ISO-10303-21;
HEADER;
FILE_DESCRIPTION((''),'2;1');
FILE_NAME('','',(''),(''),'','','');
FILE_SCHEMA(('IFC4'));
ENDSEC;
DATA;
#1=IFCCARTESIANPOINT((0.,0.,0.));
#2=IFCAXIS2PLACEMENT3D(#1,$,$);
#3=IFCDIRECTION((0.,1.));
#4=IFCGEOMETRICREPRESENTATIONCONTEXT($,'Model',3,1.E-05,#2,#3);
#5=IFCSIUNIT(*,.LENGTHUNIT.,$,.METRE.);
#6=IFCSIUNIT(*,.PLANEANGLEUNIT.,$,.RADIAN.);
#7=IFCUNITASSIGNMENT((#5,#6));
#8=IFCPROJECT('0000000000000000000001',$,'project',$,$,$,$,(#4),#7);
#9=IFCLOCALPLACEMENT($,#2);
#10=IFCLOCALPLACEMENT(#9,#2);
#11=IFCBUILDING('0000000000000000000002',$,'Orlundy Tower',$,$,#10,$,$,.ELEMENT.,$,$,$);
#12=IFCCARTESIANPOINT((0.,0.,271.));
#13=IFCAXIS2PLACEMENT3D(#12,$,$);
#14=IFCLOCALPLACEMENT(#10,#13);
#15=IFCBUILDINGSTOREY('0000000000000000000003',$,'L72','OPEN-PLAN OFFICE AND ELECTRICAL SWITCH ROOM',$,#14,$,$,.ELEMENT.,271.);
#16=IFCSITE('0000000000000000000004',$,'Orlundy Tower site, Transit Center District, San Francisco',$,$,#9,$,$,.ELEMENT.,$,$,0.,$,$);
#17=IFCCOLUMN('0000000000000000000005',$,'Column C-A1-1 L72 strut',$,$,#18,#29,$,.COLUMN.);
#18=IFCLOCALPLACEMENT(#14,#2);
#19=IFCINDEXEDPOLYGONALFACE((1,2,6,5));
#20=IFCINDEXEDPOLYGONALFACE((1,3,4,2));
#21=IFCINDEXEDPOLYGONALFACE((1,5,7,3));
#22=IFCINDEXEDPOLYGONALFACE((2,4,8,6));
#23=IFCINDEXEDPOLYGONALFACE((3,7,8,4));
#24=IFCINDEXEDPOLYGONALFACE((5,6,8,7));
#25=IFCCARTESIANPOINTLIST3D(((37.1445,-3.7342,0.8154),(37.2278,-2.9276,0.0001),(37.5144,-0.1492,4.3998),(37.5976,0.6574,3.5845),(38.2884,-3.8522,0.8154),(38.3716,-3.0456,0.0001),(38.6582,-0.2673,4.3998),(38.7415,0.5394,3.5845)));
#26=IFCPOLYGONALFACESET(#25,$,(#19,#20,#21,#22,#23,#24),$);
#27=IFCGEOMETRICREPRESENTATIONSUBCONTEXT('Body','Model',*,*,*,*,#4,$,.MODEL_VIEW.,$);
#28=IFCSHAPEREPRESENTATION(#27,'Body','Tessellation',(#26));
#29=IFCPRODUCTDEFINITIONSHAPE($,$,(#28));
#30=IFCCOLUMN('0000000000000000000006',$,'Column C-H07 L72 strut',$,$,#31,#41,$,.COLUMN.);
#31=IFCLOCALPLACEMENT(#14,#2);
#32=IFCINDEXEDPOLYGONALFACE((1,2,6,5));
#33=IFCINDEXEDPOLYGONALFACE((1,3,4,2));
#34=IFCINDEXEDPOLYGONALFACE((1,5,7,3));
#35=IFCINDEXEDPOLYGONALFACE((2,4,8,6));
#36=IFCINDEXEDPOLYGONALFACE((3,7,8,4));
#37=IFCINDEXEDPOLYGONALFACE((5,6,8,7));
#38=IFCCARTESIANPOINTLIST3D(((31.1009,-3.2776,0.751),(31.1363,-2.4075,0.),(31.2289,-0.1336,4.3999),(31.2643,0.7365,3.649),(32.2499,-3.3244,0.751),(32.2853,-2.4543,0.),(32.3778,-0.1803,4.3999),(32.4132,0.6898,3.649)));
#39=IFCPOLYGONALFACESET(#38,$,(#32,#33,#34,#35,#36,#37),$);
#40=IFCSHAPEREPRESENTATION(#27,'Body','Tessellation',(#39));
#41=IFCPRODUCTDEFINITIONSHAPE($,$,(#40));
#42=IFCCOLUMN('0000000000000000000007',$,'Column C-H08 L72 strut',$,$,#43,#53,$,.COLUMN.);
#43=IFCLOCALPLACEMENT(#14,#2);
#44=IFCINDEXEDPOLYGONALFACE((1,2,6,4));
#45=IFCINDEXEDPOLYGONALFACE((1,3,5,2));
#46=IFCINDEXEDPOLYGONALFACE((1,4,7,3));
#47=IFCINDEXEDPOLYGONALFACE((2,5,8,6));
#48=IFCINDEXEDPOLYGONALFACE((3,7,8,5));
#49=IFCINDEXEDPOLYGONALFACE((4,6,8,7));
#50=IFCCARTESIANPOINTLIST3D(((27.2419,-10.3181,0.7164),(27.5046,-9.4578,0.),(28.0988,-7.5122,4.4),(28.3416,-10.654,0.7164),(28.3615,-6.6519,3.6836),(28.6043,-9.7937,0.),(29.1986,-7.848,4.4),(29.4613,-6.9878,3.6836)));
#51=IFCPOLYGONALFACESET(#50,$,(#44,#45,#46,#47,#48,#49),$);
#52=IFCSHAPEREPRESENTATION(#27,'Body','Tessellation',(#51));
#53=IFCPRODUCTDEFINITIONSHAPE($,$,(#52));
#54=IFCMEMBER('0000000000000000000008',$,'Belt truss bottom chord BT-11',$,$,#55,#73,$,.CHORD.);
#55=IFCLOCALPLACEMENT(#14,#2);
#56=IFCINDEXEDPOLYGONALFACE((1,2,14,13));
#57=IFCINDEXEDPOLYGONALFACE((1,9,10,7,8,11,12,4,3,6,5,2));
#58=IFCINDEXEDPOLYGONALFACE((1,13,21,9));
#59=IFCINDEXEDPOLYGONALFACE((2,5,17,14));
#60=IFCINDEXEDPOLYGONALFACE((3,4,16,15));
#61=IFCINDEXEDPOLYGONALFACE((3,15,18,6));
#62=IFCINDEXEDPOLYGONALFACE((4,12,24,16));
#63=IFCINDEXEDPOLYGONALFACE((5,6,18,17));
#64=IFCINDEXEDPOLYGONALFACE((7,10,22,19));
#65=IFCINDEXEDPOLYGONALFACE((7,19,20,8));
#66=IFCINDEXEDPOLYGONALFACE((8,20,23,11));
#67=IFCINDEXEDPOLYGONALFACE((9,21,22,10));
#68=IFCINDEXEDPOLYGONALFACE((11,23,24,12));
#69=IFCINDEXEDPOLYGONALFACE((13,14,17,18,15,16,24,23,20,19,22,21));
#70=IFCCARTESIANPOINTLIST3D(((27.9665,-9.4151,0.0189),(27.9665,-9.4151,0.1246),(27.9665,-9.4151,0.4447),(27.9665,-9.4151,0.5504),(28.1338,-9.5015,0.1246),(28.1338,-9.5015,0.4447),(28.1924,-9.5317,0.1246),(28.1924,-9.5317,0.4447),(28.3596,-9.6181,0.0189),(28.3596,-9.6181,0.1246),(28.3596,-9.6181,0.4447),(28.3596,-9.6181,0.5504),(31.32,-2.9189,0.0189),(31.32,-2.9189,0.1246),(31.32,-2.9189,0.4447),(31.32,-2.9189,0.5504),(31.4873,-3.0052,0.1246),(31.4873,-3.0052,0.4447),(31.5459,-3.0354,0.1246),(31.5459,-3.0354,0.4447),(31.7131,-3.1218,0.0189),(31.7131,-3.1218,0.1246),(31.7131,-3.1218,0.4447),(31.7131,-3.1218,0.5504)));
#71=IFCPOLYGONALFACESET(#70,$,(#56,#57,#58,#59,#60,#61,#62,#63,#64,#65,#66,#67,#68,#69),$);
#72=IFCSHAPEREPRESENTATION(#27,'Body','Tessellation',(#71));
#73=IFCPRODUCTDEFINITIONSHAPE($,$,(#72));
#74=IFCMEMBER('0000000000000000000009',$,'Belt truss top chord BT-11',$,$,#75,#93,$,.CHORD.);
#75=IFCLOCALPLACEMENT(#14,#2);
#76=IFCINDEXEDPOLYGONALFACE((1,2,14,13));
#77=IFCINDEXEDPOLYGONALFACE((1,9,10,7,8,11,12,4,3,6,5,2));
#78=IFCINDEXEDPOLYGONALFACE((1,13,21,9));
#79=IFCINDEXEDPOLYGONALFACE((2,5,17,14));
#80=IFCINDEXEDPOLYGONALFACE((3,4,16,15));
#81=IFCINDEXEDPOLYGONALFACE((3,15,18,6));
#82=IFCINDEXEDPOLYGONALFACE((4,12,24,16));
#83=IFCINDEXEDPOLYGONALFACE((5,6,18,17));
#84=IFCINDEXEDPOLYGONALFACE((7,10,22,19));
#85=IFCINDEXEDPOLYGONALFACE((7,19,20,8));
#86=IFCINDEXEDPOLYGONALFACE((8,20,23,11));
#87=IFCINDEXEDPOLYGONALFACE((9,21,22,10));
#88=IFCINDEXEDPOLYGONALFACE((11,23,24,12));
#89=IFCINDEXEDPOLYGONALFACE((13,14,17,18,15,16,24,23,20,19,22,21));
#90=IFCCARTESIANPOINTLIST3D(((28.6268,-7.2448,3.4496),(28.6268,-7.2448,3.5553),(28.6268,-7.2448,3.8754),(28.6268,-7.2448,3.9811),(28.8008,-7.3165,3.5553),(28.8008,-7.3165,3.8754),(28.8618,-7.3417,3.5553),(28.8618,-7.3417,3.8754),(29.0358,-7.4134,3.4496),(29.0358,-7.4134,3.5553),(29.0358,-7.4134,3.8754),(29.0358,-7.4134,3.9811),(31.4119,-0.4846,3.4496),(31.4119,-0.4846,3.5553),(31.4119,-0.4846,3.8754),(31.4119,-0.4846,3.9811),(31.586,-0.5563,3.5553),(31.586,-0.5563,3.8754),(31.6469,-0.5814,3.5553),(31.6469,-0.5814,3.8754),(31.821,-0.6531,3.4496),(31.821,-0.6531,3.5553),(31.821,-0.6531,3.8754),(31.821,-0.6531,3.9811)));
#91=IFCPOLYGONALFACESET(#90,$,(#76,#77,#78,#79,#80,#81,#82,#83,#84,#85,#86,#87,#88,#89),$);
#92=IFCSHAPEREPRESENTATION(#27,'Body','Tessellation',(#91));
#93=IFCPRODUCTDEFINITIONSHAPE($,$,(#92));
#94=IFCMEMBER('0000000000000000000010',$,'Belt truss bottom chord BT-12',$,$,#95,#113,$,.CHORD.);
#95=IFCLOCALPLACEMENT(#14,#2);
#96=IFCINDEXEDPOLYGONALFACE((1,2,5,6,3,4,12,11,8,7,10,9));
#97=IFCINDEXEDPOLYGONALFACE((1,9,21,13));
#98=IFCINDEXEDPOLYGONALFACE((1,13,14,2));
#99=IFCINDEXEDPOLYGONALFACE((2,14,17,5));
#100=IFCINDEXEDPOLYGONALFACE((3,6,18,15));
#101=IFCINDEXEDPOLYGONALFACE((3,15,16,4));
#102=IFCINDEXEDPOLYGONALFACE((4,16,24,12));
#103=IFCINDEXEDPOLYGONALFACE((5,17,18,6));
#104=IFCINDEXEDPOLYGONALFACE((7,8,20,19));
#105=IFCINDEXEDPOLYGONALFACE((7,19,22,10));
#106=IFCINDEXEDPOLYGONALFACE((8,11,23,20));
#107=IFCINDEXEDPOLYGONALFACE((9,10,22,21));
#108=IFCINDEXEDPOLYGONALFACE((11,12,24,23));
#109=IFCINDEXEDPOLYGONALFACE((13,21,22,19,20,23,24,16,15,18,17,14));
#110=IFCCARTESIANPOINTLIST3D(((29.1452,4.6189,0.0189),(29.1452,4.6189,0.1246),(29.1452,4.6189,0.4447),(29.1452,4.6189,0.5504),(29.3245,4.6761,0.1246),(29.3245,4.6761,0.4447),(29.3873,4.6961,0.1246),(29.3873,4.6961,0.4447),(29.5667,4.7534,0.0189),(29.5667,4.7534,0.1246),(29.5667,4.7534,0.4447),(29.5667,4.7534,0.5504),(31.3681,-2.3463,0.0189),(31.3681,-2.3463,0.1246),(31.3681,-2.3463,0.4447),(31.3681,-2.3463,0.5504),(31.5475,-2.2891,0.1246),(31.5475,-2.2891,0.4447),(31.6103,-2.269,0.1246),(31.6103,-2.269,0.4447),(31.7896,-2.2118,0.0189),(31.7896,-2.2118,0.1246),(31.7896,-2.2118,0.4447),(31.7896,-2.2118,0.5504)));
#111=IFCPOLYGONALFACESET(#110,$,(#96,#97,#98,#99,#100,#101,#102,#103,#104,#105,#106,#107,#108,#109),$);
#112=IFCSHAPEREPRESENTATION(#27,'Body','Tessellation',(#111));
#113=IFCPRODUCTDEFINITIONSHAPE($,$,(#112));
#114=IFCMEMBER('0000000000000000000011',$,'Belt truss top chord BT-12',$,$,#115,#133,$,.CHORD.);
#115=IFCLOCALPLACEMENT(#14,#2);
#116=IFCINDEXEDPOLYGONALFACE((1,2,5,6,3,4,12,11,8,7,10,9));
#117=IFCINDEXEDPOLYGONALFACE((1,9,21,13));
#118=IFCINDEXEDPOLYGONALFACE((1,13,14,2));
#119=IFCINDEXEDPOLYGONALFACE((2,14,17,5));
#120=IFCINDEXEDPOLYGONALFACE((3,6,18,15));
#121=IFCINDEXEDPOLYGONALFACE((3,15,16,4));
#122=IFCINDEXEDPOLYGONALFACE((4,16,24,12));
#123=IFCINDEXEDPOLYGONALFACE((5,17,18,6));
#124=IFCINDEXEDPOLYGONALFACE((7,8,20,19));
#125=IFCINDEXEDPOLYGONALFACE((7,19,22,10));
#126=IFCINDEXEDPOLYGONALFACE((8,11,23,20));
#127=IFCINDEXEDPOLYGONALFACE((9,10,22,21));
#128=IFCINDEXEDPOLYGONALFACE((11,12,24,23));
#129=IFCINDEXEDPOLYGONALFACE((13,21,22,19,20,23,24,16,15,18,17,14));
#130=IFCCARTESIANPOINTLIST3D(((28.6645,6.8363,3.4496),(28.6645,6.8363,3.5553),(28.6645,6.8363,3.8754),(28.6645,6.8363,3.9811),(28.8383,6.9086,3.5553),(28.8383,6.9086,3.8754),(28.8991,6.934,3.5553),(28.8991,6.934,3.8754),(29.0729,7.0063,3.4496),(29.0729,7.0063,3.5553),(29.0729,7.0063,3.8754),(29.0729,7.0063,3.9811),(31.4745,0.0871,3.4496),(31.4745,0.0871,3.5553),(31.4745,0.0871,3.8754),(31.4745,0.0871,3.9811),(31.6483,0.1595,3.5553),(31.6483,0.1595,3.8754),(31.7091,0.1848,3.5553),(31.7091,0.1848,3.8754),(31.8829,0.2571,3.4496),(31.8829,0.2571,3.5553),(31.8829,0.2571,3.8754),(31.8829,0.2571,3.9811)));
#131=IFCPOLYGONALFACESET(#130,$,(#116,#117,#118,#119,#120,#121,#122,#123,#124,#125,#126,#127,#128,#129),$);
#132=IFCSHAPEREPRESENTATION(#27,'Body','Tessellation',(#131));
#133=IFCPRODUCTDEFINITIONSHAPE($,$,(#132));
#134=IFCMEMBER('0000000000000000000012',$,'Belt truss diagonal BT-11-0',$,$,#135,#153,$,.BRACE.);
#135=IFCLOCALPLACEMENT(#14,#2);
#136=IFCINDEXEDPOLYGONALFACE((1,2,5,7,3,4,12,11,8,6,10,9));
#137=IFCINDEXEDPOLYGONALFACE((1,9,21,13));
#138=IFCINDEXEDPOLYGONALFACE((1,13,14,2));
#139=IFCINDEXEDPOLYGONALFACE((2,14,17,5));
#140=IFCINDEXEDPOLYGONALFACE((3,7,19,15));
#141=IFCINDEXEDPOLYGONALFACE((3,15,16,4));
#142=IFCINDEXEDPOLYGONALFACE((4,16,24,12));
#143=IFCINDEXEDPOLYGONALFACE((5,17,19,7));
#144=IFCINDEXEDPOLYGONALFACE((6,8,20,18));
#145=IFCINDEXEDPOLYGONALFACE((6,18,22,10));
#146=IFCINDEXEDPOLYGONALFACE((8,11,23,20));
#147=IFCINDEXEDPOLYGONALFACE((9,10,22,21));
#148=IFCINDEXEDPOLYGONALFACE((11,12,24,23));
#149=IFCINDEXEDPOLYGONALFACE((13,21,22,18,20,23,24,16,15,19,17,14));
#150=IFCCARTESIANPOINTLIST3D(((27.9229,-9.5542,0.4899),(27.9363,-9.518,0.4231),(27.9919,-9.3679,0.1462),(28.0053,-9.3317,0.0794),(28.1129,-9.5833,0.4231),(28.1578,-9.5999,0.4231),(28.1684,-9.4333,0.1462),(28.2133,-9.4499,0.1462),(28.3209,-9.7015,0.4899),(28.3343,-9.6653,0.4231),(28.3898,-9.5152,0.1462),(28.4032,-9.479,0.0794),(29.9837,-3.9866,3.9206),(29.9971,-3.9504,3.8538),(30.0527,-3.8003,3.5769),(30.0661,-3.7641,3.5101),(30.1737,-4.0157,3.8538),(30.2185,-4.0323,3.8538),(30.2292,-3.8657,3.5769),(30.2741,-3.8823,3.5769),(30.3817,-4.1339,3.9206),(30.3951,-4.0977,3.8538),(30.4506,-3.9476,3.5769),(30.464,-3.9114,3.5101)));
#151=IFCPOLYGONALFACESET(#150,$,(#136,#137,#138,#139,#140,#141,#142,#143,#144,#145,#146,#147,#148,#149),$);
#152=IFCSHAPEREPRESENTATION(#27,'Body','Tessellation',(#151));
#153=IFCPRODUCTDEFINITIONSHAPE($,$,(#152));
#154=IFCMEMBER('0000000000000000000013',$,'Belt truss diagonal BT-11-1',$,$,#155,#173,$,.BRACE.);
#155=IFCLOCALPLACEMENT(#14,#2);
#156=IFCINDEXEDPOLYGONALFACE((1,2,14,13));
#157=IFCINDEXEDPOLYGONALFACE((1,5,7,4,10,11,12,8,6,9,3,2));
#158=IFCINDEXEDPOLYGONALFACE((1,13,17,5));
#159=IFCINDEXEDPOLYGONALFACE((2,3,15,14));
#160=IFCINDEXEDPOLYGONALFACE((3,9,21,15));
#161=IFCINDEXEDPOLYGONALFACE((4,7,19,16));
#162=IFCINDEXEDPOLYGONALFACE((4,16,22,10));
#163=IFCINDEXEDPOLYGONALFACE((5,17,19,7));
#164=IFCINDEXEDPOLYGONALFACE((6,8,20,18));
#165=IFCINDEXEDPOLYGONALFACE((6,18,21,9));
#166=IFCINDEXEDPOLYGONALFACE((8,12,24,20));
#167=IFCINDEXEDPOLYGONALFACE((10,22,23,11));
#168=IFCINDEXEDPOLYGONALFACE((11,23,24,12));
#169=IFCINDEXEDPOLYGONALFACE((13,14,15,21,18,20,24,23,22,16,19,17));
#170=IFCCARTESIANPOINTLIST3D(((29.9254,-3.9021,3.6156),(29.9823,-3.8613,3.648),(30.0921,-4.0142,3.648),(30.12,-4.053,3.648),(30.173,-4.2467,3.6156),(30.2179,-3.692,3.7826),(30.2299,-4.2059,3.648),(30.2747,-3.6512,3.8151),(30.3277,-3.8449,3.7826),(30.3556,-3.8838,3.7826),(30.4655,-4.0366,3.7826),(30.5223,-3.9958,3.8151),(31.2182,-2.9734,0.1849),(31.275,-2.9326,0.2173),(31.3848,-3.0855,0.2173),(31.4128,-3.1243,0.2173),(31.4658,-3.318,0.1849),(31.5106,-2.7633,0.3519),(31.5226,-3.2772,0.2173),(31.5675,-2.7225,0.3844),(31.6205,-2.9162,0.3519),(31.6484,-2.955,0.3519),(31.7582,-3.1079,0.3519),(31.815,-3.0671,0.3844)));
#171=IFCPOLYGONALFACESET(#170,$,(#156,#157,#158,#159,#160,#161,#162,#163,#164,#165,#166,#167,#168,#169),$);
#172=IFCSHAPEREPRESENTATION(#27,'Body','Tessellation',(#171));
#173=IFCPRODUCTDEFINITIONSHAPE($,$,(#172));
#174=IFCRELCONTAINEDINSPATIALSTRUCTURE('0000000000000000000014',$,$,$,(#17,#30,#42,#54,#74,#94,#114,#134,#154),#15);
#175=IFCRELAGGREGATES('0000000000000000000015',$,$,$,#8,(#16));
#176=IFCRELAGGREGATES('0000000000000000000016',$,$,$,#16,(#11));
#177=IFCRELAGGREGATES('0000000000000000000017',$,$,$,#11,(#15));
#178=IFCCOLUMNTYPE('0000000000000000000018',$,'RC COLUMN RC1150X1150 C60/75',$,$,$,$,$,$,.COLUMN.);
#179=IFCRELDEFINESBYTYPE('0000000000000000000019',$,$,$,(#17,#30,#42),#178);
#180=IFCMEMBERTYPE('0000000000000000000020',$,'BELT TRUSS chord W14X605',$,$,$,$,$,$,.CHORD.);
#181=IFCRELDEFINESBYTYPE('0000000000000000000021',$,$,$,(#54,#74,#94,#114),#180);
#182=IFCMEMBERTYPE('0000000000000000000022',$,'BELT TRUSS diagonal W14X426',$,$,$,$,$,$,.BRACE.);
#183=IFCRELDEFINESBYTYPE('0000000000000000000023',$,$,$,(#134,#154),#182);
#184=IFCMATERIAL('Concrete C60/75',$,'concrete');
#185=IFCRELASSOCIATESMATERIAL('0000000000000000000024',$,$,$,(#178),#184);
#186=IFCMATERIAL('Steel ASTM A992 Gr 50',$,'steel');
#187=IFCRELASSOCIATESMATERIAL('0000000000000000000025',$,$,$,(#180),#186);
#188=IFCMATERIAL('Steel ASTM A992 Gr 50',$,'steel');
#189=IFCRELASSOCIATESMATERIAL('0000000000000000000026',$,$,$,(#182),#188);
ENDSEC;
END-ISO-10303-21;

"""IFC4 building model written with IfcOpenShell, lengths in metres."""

from ifc_helpers import new_model, si_unit, direction, frame, origin, origin_2d, place, context, subcontext, project, spatial, rectangle, i_section, extrude, material, material_profile, profile_set, type_object, element, save


model = new_model("IFC4")

# Units and contexts
model_context = context("Model", 3, precision=1e-05, world=origin(), true_north=direction((0.0, 1.0)))
body_context = subcontext(model_context, "Body", "Model", "MODEL_VIEW")
ifc_project = project(units=[si_unit("LENGTHUNIT", "METRE"), si_unit("PLANEANGLEUNIT", "RADIAN")], contexts=[model_context])

# Site, building, storey
site_placement = place(None, origin())
site = spatial("IfcSite", under=ifc_project, at=site_placement, Name="Orlundy Tower site, Transit Center District, San Francisco", CompositionType="ELEMENT", RefElevation=0.0)
building_placement = place(site_placement, origin())
building = spatial("IfcBuilding", under=site, at=building_placement, Name="Orlundy Tower", CompositionType="ELEMENT")
storey_placement = place(building_placement, frame((0.0, 0.0, 271.0)))
storey = spatial("IfcBuildingStorey", under=building, at=storey_placement, Name="L72", Description="OPEN-PLAN OFFICE AND ELECTRICAL SWITCH ROOM", CompositionType="ELEMENT", Elevation=271.0)

# Columns
ifc_material_1 = material(Name="Concrete C60/75", Category="concrete")
ifc_material_profile_1 = material_profile(ifc_material_1, rectangle(XDim=1.1499, YDim=1.1499, at=origin_2d()), Name="RC1150X1150")
ifc_profile_set_1 = profile_set([ifc_material_profile_1], Name="Concrete C60/75")
column_type = type_object("IfcColumnType", Name="RC COLUMN RC1150X1150 C60/75", PredefinedType="COLUMN", material=ifc_profile_set_1)
column_1_placement = place(storey_placement, frame((37.7581, -3.3899, 0.4077), z_axis=(0.072766, 0.70528, 0.705184), x_axis=(-0.99472, 0.102629, 0.0)))
element("IfcColumn", 1, at=column_1_placement, inside=storey, type_object=column_type, Name="Column C-A1-1 L72 strut", PredefinedType="COLUMN", context=body_context, shape_type="SweptSolid", body=[
    extrude(rectangle(XDim=1.1499, YDim=1.1499, at=origin_2d()), origin(), (0.0, 0.0, 1.0), 5.083),
])
column_2_placement = place(storey_placement, frame((31.6931, -2.866, 0.3755), z_axis=(0.026551, 0.652521, 0.757305), x_axis=(-0.999173, 0.040656, 0.0)))
element("IfcColumn", 2, at=column_2_placement, inside=storey, type_object=column_type, Name="Column C-H07 L72 strut", PredefinedType="COLUMN", context=body_context, shape_type="SweptSolid", body=[
    extrude(rectangle(XDim=1.1499, YDim=1.1499, at=origin_2d()), origin(), (0.0, 0.0, 1.0), 4.8184),
])
column_3_placement = place(storey_placement, frame((27.9231, -10.0559, 0.3582), z_axis=(0.181971, 0.595839, 0.782217), x_axis=(-0.956392, 0.292085, 0.0)))
element("IfcColumn", 3, at=column_3_placement, inside=storey, type_object=column_type, Name="Column C-H08 L72 strut", PredefinedType="COLUMN", context=body_context, shape_type="SweptSolid", body=[
    extrude(rectangle(XDim=1.1499, YDim=1.1499, at=origin_2d()), origin(), (0.0, 0.0, 1.0), 4.7092),
])

# Members
ifc_material_2 = material(Name="Steel ASTM A992 Gr 50", Category="steel")
ifc_material_profile_2 = material_profile(ifc_material_2, i_section(OverallWidth=0.4424, OverallDepth=0.5315, WebThickness=0.0659, FlangeThickness=0.1057, at=origin_2d()), Name="W14X605")
ifc_profile_set_2 = profile_set([ifc_material_profile_2], Name="Steel ASTM A992 Gr 50")
member_type_1 = type_object("IfcMemberType", Name="BELT TRUSS chord W14X605", PredefinedType="CHORD", material=ifc_profile_set_2)
member_1_placement = place(storey_placement, frame((28.1631, -9.5166, 0.2847), z_axis=(0.458704, 0.888589, 0.0), x_axis=(-0.888589, 0.458704, 0.0)))
element("IfcMember", 4, at=member_1_placement, inside=storey, type_object=member_type_1, Name="Belt truss bottom chord BT-11", PredefinedType="CHORD", context=body_context, shape_type="SweptSolid", body=[
    extrude(i_section(OverallWidth=0.4424, OverallDepth=0.5315, WebThickness=0.0659, FlangeThickness=0.1057, at=origin_2d()), origin(), (0.0, 0.0, 1.0), 7.3108),
])
member_2_placement = place(storey_placement, frame((28.8313, -7.3291, 3.7153), z_axis=(0.380928, 0.924605, 0.0), x_axis=(-0.924605, 0.380928, 0.0)))
element("IfcMember", 5, at=member_2_placement, inside=storey, type_object=member_type_1, Name="Belt truss top chord BT-11", PredefinedType="CHORD", context=body_context, shape_type="SweptSolid", body=[
    extrude(i_section(OverallWidth=0.4424, OverallDepth=0.5315, WebThickness=0.0659, FlangeThickness=0.1057, at=origin_2d()), origin(), (0.0, 0.0, 1.0), 7.3115),
])
member_3_placement = place(storey_placement, frame((31.5789, -2.2791, 0.2847), z_axis=(-0.30404, 0.952659, 0.0), x_axis=(-0.952659, -0.30404, 0.0)))
element("IfcMember", 6, at=member_3_placement, inside=storey, type_object=member_type_1, Name="Belt truss bottom chord BT-12", PredefinedType="CHORD", context=body_context, shape_type="SweptSolid", body=[
    extrude(i_section(OverallWidth=0.4424, OverallDepth=0.5315, WebThickness=0.0659, FlangeThickness=0.1057, at=origin_2d()), origin(), (0.0, 0.0, 1.0), 7.3113),
])
member_4_placement = place(storey_placement, frame((31.6787, 0.1721, 3.7153), z_axis=(-0.384366, 0.923181, 0.0), x_axis=(-0.923181, -0.384366, 0.0)))
element("IfcMember", 7, at=member_4_placement, inside=storey, type_object=member_type_1, Name="Belt truss top chord BT-12", PredefinedType="CHORD", context=body_context, shape_type="SweptSolid", body=[
    extrude(i_section(OverallWidth=0.4424, OverallDepth=0.5315, WebThickness=0.0659, FlangeThickness=0.1057, at=origin_2d()), origin(), (0.0, 0.0, 1.0), 7.3108),
])
ifc_material_3 = material(Name="Steel ASTM A992 Gr 50", Category="steel")
ifc_material_profile_3 = material_profile(ifc_material_3, i_section(OverallWidth=0.4243, OverallDepth=0.4741, WebThickness=0.0479, FlangeThickness=0.0771, at=origin_2d()), Name="W14X426")
ifc_profile_set_3 = profile_set([ifc_material_profile_3], Name="Steel ASTM A992 Gr 50")
member_type_2 = type_object("IfcMemberType", Name="BELT TRUSS diagonal W14X426", PredefinedType="BRACE", material=ifc_profile_set_3)
member_5_placement = place(storey_placement, frame((28.1631, -9.5166, 0.2847), z_axis=(0.30055, 0.811994, 0.500335), x_axis=(-0.93782, 0.347123, 0.0)))
element("IfcMember", 8, at=member_5_placement, inside=storey, type_object=member_type_2, Name="Belt truss diagonal BT-11-0", PredefinedType="BRACE", context=body_context, shape_type="SweptSolid", body=[
    extrude(i_section(OverallWidth=0.4243, OverallDepth=0.4741, WebThickness=0.0479, FlangeThickness=0.0771, at=origin_2d()), origin(), (0.0, 0.0, 1.0), 6.8567),
])
member_6_placement = place(storey_placement, frame((30.2239, -3.949, 3.7153), z_axis=(0.341815, 0.245564, -0.907117), x_axis=(-0.583456, 0.812145, 0.0)))
element("IfcMember", 9, at=member_6_placement, inside=storey, type_object=member_type_2, Name="Belt truss diagonal BT-11-1", PredefinedType="BRACE", context=body_context, shape_type="SweptSolid", body=[
    extrude(i_section(OverallWidth=0.4243, OverallDepth=0.4741, WebThickness=0.0479, FlangeThickness=0.0771, at=origin_2d()), origin(), (0.0, 0.0, 1.0), 3.782),
])

save(model, "model.ifc")
